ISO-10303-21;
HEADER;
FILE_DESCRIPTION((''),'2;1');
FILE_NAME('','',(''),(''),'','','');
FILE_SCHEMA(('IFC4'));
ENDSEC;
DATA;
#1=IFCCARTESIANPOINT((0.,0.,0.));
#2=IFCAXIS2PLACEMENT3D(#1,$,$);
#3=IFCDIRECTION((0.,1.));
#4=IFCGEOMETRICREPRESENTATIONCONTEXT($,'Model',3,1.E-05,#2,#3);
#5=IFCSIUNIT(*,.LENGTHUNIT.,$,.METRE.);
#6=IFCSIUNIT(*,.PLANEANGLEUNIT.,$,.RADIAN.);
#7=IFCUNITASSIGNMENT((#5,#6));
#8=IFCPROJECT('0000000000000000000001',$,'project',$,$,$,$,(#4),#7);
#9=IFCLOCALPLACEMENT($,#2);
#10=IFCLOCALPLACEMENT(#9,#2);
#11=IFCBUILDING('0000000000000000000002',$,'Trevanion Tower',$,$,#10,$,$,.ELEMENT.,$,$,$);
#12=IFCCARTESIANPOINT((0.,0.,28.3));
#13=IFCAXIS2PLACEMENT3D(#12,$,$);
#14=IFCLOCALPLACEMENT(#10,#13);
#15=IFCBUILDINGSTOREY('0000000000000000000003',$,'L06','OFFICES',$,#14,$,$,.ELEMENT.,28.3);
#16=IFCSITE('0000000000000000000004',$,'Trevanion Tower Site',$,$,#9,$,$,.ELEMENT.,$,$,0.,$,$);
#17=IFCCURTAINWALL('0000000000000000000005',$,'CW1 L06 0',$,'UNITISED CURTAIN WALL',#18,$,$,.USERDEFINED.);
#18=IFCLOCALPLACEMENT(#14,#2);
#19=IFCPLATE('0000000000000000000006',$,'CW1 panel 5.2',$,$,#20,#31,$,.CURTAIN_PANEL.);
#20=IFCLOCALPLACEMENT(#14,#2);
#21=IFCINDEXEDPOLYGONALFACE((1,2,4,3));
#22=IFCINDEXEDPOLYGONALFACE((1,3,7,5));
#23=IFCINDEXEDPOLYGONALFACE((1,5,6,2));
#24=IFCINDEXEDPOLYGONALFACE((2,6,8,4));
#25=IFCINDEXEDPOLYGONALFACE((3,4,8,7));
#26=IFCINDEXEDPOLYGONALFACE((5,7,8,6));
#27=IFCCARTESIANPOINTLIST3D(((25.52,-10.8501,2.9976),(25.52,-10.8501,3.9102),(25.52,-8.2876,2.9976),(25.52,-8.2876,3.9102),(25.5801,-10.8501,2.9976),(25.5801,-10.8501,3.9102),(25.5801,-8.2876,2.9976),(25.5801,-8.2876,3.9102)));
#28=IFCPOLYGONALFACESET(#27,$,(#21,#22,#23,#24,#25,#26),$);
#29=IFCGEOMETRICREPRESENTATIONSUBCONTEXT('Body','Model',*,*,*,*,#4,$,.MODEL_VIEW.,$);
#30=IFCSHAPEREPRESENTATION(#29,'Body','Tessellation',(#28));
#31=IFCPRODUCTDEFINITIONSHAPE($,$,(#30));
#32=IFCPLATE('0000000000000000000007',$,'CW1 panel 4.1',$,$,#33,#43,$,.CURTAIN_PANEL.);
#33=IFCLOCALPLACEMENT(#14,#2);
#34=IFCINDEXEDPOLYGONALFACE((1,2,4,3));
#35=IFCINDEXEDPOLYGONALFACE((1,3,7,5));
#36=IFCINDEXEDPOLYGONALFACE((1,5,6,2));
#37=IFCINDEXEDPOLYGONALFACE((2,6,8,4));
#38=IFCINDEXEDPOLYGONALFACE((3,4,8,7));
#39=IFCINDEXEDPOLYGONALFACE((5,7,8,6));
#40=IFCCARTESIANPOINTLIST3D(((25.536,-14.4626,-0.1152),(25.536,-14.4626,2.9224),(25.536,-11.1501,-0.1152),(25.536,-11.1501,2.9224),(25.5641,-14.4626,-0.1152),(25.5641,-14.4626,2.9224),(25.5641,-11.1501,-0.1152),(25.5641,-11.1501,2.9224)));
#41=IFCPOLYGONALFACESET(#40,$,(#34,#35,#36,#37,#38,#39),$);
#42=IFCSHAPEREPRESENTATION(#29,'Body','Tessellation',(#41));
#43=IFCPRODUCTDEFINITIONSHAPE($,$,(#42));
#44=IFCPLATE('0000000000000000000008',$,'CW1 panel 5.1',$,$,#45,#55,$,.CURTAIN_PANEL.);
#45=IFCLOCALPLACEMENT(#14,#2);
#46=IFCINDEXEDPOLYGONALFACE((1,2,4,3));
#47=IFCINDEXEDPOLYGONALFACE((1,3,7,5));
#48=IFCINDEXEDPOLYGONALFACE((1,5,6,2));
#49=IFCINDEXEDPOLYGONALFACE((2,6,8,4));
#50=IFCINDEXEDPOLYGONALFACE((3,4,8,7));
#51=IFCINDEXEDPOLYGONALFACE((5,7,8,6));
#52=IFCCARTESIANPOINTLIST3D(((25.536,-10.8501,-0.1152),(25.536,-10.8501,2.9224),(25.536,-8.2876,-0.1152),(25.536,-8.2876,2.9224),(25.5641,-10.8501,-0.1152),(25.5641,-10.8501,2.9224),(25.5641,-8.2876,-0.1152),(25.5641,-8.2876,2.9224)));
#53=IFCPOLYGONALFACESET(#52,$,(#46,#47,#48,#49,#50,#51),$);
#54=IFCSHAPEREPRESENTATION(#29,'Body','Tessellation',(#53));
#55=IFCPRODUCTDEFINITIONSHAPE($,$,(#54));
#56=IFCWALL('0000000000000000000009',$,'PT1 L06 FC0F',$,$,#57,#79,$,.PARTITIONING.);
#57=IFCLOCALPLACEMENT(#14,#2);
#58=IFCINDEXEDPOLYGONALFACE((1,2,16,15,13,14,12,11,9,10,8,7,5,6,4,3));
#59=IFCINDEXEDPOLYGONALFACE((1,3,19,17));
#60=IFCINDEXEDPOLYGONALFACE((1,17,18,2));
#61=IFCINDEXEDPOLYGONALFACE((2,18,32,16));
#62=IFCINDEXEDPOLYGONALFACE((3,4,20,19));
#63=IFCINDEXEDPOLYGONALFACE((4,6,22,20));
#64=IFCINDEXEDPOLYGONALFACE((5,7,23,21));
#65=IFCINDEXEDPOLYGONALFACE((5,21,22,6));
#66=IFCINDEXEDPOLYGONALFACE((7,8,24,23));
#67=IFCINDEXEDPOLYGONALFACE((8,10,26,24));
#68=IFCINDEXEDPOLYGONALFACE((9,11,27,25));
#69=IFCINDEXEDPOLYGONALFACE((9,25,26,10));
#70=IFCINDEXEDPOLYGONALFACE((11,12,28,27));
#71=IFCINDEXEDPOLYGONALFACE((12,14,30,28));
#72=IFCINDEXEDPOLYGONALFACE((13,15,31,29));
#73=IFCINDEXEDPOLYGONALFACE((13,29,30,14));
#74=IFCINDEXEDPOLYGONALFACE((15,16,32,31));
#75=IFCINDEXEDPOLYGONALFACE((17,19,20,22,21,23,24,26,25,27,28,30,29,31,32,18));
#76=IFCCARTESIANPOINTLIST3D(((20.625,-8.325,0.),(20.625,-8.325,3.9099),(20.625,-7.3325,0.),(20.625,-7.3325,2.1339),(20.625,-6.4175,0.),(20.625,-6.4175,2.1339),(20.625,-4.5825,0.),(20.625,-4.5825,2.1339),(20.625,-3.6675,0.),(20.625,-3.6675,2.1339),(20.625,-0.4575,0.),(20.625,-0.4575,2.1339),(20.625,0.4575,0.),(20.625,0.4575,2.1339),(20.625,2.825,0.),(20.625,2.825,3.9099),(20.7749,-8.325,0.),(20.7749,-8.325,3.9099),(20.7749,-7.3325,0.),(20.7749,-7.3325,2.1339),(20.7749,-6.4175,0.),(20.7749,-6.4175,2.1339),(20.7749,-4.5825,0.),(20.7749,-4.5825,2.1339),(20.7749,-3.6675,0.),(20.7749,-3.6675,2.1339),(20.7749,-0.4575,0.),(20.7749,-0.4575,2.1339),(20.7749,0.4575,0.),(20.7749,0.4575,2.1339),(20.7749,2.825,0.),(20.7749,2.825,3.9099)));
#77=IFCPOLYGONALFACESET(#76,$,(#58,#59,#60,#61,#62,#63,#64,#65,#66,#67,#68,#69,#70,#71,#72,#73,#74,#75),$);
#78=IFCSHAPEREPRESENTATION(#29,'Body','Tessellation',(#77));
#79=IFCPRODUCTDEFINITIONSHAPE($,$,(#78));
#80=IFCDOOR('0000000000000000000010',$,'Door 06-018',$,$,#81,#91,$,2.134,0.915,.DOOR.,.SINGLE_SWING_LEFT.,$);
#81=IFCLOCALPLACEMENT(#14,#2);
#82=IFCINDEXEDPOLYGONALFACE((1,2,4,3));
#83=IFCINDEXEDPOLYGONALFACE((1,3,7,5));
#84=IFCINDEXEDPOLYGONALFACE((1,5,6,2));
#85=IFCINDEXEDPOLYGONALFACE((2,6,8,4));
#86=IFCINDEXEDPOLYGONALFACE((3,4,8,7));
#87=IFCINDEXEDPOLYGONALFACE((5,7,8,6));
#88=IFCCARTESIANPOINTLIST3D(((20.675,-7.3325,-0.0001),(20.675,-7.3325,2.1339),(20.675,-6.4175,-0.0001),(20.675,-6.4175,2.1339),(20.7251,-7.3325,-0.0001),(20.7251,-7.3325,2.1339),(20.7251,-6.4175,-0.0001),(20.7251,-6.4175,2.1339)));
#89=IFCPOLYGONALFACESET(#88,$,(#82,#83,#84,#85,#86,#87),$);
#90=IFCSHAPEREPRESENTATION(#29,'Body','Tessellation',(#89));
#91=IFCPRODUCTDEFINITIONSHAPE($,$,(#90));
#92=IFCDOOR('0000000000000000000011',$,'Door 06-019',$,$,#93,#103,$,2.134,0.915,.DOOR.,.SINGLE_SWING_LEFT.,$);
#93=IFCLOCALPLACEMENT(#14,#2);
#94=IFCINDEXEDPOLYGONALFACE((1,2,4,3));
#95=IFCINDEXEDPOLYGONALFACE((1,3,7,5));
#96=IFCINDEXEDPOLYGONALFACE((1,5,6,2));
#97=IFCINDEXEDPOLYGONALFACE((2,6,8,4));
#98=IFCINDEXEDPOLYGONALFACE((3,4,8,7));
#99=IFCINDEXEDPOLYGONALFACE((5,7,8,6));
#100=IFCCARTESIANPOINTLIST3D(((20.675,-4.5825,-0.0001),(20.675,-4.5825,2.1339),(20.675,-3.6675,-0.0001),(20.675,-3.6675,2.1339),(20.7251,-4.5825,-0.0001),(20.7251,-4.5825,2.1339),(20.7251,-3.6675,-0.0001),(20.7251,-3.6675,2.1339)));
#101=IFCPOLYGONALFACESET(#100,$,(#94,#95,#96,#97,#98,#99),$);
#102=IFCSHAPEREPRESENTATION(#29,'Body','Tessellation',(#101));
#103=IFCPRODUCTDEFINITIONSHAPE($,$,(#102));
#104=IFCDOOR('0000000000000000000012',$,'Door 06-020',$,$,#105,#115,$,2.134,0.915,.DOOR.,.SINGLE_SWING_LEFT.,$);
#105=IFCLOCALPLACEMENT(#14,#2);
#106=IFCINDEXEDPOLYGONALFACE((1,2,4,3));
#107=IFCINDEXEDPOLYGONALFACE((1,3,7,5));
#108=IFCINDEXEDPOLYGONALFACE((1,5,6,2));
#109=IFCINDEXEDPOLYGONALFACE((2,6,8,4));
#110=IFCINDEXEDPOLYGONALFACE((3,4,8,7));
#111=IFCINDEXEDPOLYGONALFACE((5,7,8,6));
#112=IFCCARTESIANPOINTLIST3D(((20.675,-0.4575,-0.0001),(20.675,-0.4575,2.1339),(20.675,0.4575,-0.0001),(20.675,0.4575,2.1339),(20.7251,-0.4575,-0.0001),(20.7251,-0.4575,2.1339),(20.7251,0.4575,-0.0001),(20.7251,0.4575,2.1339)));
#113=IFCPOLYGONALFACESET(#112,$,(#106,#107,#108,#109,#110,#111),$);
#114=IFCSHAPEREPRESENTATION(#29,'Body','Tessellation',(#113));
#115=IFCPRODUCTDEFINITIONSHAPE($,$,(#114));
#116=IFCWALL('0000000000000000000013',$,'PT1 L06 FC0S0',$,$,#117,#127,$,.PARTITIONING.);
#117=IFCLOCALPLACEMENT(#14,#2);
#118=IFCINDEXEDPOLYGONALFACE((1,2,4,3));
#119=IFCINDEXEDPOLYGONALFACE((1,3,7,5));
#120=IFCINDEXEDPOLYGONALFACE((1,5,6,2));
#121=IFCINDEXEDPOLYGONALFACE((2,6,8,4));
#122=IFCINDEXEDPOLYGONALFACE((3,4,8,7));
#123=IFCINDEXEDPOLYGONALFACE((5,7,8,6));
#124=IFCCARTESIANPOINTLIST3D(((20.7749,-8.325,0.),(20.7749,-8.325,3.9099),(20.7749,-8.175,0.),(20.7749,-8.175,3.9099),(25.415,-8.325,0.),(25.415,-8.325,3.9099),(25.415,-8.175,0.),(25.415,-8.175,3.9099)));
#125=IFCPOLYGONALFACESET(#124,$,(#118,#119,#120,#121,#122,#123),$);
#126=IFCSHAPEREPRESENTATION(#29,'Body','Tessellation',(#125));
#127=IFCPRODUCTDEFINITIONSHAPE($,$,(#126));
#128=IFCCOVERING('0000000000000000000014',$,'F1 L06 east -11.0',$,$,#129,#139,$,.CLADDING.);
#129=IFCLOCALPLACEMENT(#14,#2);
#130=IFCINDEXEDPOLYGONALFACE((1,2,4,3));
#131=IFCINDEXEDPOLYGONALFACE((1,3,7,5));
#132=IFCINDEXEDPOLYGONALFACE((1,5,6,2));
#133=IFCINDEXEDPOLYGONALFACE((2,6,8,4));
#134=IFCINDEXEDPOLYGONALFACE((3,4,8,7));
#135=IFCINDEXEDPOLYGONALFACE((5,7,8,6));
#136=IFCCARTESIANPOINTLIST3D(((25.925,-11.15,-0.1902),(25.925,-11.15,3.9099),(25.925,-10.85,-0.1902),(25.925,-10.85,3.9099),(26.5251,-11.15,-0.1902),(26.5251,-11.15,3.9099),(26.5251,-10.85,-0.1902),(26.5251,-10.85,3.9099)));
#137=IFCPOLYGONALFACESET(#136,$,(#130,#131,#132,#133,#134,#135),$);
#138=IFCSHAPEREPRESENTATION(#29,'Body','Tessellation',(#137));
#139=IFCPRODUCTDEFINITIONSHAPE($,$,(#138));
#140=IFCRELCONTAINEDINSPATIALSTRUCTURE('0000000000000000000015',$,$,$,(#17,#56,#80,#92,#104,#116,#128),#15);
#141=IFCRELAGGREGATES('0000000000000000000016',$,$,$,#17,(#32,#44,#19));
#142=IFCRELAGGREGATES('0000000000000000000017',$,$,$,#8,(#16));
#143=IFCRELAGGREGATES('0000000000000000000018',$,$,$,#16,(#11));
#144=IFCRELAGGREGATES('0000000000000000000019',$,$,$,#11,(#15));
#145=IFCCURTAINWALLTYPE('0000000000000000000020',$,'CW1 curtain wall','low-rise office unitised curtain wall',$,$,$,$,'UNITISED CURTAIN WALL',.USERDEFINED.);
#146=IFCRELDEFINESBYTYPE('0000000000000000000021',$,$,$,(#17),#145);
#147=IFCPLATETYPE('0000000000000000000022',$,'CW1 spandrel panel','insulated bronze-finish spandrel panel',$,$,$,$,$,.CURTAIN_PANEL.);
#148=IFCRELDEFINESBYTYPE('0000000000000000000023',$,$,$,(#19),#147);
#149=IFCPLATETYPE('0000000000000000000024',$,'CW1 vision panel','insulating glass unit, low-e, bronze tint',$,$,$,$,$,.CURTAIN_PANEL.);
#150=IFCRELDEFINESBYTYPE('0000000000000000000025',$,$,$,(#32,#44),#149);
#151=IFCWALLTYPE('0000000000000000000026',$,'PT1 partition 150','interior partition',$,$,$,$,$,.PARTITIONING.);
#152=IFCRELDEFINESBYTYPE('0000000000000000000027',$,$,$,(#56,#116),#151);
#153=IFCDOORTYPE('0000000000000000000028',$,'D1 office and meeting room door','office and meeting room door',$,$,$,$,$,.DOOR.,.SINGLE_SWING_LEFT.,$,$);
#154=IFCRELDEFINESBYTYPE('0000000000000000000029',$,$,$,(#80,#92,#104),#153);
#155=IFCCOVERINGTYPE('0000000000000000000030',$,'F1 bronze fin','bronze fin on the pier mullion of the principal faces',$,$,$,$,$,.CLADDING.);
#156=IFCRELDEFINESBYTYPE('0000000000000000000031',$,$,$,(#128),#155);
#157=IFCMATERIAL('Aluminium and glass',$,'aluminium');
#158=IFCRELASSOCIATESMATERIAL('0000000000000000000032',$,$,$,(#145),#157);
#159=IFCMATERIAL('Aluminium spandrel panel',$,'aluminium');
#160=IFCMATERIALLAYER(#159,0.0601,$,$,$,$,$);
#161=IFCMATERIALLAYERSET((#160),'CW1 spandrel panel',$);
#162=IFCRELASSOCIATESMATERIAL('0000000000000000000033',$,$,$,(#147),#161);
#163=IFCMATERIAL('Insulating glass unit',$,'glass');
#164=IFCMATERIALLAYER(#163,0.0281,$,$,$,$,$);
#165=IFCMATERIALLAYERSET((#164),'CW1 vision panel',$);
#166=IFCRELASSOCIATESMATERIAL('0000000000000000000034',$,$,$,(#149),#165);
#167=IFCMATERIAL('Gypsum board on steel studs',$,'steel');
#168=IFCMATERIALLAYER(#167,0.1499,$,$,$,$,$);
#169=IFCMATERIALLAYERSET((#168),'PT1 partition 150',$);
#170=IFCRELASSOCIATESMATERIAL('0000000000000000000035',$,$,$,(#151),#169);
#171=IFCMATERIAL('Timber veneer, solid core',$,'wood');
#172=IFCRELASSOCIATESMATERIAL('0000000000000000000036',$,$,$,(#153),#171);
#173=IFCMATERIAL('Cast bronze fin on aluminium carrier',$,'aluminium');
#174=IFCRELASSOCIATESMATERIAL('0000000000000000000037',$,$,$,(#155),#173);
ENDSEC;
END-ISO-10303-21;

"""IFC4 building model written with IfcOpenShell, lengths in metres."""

from ifc_helpers import new_model, si_unit, direction, frame, frame_2d, origin, origin_2d, place, context, subcontext, project, spatial, rectangle, extrude, material, layer, layer_set, type_object, element, fill, aggregate, save


model = new_model("IFC4")

# Units and contexts
model_context = context("Model", 3, precision=1e-05, world=origin(), true_north=direction((0.0, 1.0)))
body_context = subcontext(model_context, "Body", "Model", "MODEL_VIEW")
ifc_project = project(units=[si_unit("LENGTHUNIT", "METRE"), si_unit("PLANEANGLEUNIT", "RADIAN")], contexts=[model_context])

# Site, building, storey
site_placement = place(None, origin())
site = spatial("IfcSite", under=ifc_project, at=site_placement, Name="Trevanion Tower Site", CompositionType="ELEMENT", RefElevation=0.0)
building_placement = place(site_placement, origin())
building = spatial("IfcBuilding", under=site, at=building_placement, Name="Trevanion Tower", CompositionType="ELEMENT")
storey_placement = place(building_placement, frame((0.0, 0.0, 28.3)))
storey = spatial("IfcBuildingStorey", under=building, at=storey_placement, Name="L06", Description="OFFICES", CompositionType="ELEMENT", Elevation=28.3)

# Curtain wall
ifc_material_1 = material(Name="Aluminium and glass", Category="aluminium")
curtain_wall_type = type_object("IfcCurtainWallType", Name="CW1 curtain wall", Description="low-rise office unitised curtain wall", ElementType="UNITISED CURTAIN WALL", PredefinedType="USERDEFINED", material=ifc_material_1)
curtain_wall_placement = place(storey_placement, origin())
curtain_wall = element("IfcCurtainWall", 1, at=curtain_wall_placement, inside=storey, type_object=curtain_wall_type, Name="CW1 L06 0", ObjectType="UNITISED CURTAIN WALL", PredefinedType="USERDEFINED")

# Plates
ifc_material_2 = material(Name="Aluminium spandrel panel", Category="aluminium")
ifc_layer_1 = layer(ifc_material_2, 0.0601)
ifc_layer_set_1 = layer_set([ifc_layer_1], Name="CW1 spandrel panel")
plate_type_1 = type_object("IfcPlateType", Name="CW1 spandrel panel", Description="insulated bronze-finish spandrel panel", PredefinedType="CURTAIN_PANEL", material=ifc_layer_set_1)
plate_1_placement = place(storey_placement, frame((25.55, -9.5688, 2.9976), z_axis=(0.0, 0.0, 1.0), x_axis=(0.0, 1.0, 0.0)))
plate_1 = element("IfcPlate", 2, at=plate_1_placement, type_object=plate_type_1, Name="CW1 panel 5.2", PredefinedType="CURTAIN_PANEL", context=body_context, shape_type="SweptSolid", body=[
    extrude(rectangle(XDim=2.5625, YDim=0.0601, at=origin_2d()), origin(), (0.0, 0.0, 1.0), 0.9126),
])
ifc_material_3 = material(Name="Insulating glass unit", Category="glass")
ifc_layer_2 = layer(ifc_material_3, 0.0281)
ifc_layer_set_2 = layer_set([ifc_layer_2], Name="CW1 vision panel")
plate_type_2 = type_object("IfcPlateType", Name="CW1 vision panel", Description="insulating glass unit, low-e, bronze tint", PredefinedType="CURTAIN_PANEL", material=ifc_layer_set_2)
plate_2_placement = place(storey_placement, frame((25.55, -12.8064, -0.1152), z_axis=(0.0, 0.0, 1.0), x_axis=(0.0, 1.0, 0.0)))
plate_2 = element("IfcPlate", 3, at=plate_2_placement, type_object=plate_type_2, Name="CW1 panel 4.1", PredefinedType="CURTAIN_PANEL", context=body_context, shape_type="SweptSolid", body=[
    extrude(rectangle(XDim=3.3125, YDim=0.0281, at=origin_2d()), origin(), (0.0, 0.0, 1.0), 3.0376),
])
plate_3_placement = place(storey_placement, frame((25.55, -9.5688, -0.1152), z_axis=(0.0, 0.0, 1.0), x_axis=(0.0, 1.0, 0.0)))
plate_3 = element("IfcPlate", 4, at=plate_3_placement, type_object=plate_type_2, Name="CW1 panel 5.1", PredefinedType="CURTAIN_PANEL", context=body_context, shape_type="SweptSolid", body=[
    extrude(rectangle(XDim=2.5625, YDim=0.0281, at=origin_2d()), origin(), (0.0, 0.0, 1.0), 3.0376),
])
aggregate(curtain_wall, [plate_2, plate_3, plate_1])

# Wall, openings, doors
ifc_material_4 = material(Name="Gypsum board on steel studs", Category="steel")
ifc_layer_3 = layer(ifc_material_4, 0.1499)
ifc_layer_set_3 = layer_set([ifc_layer_3], Name="PT1 partition 150")
wall_type = type_object("IfcWallType", Name="PT1 partition 150", Description="interior partition", PredefinedType="PARTITIONING", material=ifc_layer_set_3)
wall_1_placement = place(storey_placement, frame((20.7, -8.325, 0.0), z_axis=(0.0, 0.0, 1.0), x_axis=(0.0, 1.0, 0.0)))
wall_1 = element("IfcWall", 5, at=wall_1_placement, inside=storey, type_object=wall_type, Name="PT1 L06 FC0F", PredefinedType="PARTITIONING", context=body_context, shape_type="SweptSolid", body=[
    extrude(rectangle(XDim=11.1499, YDim=0.1499, at=frame_2d((5.575, 0.0))), origin(), (0.0, 0.0, 1.0), 3.9099),
])
opening_1_placement = place(wall_1_placement, frame((0.9924, 0.0, 0.0)))
opening_1 = element("IfcOpeningElement", 6, at=opening_1_placement, cuts=wall_1, PredefinedType="OPENING", context=body_context, shape_type="SweptSolid", body=[
    extrude(rectangle(XDim=0.915, YDim=2.134, at=frame_2d((0.4575, 1.0669))), frame((0.0, 0.085, 0.0), z_axis=(0.0, -1.0, 0.0), x_axis=(1.0, 0.0, 0.0)), (0.0, 0.0, 1.0), 0.1699),
])
opening_2_placement = place(wall_1_placement, frame((3.7424, 0.0, 0.0)))
opening_2 = element("IfcOpeningElement", 7, at=opening_2_placement, cuts=wall_1, PredefinedType="OPENING", context=body_context, shape_type="SweptSolid", body=[
    extrude(rectangle(XDim=0.915, YDim=2.134, at=frame_2d((0.4575, 1.0669))), frame((0.0, 0.085, 0.0), z_axis=(0.0, -1.0, 0.0), x_axis=(1.0, 0.0, 0.0)), (0.0, 0.0, 1.0), 0.1699),
])
opening_3_placement = place(wall_1_placement, frame((7.8674, 0.0, 0.0)))
opening_3 = element("IfcOpeningElement", 8, at=opening_3_placement, cuts=wall_1, PredefinedType="OPENING", context=body_context, shape_type="SweptSolid", body=[
    extrude(rectangle(XDim=0.915, YDim=2.134, at=frame_2d((0.4575, 1.0669))), frame((0.0, 0.085, 0.0), z_axis=(0.0, -1.0, 0.0), x_axis=(1.0, 0.0, 0.0)), (0.0, 0.0, 1.0), 0.1699),
])
ifc_material_5 = material(Name="Timber veneer, solid core", Category="wood")
door_type = type_object("IfcDoorType", Name="D1 office and meeting room door", Description="office and meeting room door", OperationType="SINGLE_SWING_LEFT", PredefinedType="DOOR", material=ifc_material_5)
door_1_placement = place(opening_1_placement, origin())
door_1 = element("IfcDoor", 9, at=door_1_placement, inside=storey, type_object=door_type, Name="Door 06-018", OperationType="SINGLE_SWING_LEFT", OverallHeight=2.134, OverallWidth=0.915, PredefinedType="DOOR", context=body_context, shape_type="SweptSolid", body=[
    extrude(rectangle(XDim=0.915, YDim=2.134, at=frame_2d((0.4575, 1.0669))), frame((0.0, 0.0249, 0.0), z_axis=(0.0, -1.0, 0.0), x_axis=(1.0, 0.0, 0.0)), (0.0, 0.0, 1.0), 0.05),
])
fill(opening_1, door_1)
door_2_placement = place(opening_2_placement, origin())
door_2 = element("IfcDoor", 10, at=door_2_placement, inside=storey, type_object=door_type, Name="Door 06-019", OperationType="SINGLE_SWING_LEFT", OverallHeight=2.134, OverallWidth=0.915, PredefinedType="DOOR", context=body_context, shape_type="SweptSolid", body=[
    extrude(rectangle(XDim=0.915, YDim=2.134, at=frame_2d((0.4575, 1.0669))), frame((0.0, 0.0249, 0.0), z_axis=(0.0, -1.0, 0.0), x_axis=(1.0, 0.0, 0.0)), (0.0, 0.0, 1.0), 0.05),
])
fill(opening_2, door_2)
door_3_placement = place(opening_3_placement, origin())
door_3 = element("IfcDoor", 11, at=door_3_placement, inside=storey, type_object=door_type, Name="Door 06-020", OperationType="SINGLE_SWING_LEFT", OverallHeight=2.134, OverallWidth=0.915, PredefinedType="DOOR", context=body_context, shape_type="SweptSolid", body=[
    extrude(rectangle(XDim=0.915, YDim=2.134, at=frame_2d((0.4575, 1.0669))), frame((0.0, 0.0249, 0.0), z_axis=(0.0, -1.0, 0.0), x_axis=(1.0, 0.0, 0.0)), (0.0, 0.0, 1.0), 0.05),
])
fill(opening_3, door_3)

# Wall
wall_2_placement = place(storey_placement, frame((20.7749, -8.25, 0.0), z_axis=(0.0, 0.0, 1.0), x_axis=(1.0, 0.0, 0.0)))
element("IfcWall", 12, at=wall_2_placement, inside=storey, type_object=wall_type, Name="PT1 L06 FC0S0", PredefinedType="PARTITIONING", context=body_context, shape_type="SweptSolid", body=[
    extrude(rectangle(XDim=4.6401, YDim=0.1499, at=frame_2d((2.3201, 0.0))), origin(), (0.0, 0.0, 1.0), 3.9099),
])

# Covering
ifc_material_6 = material(Name="Cast bronze fin on aluminium carrier", Category="aluminium")
covering_type = type_object("IfcCoveringType", Name="F1 bronze fin", Description="bronze fin on the pier mullion of the principal faces", PredefinedType="CLADDING", material=ifc_material_6)
covering_placement = place(storey_placement, frame((26.2251, -11.0, -0.1902), z_axis=(0.0, 0.0, 1.0), x_axis=(0.0, 1.0, 0.0)))
element("IfcCovering", 13, at=covering_placement, inside=storey, type_object=covering_type, Name="F1 L06 east -11.0", PredefinedType="CLADDING", context=body_context, shape_type="SweptSolid", body=[
    extrude(rectangle(XDim=0.3, YDim=0.6001, at=origin_2d()), origin(), (0.0, 0.0, 1.0), 4.1001),
])

save(model, "model.ifc")
